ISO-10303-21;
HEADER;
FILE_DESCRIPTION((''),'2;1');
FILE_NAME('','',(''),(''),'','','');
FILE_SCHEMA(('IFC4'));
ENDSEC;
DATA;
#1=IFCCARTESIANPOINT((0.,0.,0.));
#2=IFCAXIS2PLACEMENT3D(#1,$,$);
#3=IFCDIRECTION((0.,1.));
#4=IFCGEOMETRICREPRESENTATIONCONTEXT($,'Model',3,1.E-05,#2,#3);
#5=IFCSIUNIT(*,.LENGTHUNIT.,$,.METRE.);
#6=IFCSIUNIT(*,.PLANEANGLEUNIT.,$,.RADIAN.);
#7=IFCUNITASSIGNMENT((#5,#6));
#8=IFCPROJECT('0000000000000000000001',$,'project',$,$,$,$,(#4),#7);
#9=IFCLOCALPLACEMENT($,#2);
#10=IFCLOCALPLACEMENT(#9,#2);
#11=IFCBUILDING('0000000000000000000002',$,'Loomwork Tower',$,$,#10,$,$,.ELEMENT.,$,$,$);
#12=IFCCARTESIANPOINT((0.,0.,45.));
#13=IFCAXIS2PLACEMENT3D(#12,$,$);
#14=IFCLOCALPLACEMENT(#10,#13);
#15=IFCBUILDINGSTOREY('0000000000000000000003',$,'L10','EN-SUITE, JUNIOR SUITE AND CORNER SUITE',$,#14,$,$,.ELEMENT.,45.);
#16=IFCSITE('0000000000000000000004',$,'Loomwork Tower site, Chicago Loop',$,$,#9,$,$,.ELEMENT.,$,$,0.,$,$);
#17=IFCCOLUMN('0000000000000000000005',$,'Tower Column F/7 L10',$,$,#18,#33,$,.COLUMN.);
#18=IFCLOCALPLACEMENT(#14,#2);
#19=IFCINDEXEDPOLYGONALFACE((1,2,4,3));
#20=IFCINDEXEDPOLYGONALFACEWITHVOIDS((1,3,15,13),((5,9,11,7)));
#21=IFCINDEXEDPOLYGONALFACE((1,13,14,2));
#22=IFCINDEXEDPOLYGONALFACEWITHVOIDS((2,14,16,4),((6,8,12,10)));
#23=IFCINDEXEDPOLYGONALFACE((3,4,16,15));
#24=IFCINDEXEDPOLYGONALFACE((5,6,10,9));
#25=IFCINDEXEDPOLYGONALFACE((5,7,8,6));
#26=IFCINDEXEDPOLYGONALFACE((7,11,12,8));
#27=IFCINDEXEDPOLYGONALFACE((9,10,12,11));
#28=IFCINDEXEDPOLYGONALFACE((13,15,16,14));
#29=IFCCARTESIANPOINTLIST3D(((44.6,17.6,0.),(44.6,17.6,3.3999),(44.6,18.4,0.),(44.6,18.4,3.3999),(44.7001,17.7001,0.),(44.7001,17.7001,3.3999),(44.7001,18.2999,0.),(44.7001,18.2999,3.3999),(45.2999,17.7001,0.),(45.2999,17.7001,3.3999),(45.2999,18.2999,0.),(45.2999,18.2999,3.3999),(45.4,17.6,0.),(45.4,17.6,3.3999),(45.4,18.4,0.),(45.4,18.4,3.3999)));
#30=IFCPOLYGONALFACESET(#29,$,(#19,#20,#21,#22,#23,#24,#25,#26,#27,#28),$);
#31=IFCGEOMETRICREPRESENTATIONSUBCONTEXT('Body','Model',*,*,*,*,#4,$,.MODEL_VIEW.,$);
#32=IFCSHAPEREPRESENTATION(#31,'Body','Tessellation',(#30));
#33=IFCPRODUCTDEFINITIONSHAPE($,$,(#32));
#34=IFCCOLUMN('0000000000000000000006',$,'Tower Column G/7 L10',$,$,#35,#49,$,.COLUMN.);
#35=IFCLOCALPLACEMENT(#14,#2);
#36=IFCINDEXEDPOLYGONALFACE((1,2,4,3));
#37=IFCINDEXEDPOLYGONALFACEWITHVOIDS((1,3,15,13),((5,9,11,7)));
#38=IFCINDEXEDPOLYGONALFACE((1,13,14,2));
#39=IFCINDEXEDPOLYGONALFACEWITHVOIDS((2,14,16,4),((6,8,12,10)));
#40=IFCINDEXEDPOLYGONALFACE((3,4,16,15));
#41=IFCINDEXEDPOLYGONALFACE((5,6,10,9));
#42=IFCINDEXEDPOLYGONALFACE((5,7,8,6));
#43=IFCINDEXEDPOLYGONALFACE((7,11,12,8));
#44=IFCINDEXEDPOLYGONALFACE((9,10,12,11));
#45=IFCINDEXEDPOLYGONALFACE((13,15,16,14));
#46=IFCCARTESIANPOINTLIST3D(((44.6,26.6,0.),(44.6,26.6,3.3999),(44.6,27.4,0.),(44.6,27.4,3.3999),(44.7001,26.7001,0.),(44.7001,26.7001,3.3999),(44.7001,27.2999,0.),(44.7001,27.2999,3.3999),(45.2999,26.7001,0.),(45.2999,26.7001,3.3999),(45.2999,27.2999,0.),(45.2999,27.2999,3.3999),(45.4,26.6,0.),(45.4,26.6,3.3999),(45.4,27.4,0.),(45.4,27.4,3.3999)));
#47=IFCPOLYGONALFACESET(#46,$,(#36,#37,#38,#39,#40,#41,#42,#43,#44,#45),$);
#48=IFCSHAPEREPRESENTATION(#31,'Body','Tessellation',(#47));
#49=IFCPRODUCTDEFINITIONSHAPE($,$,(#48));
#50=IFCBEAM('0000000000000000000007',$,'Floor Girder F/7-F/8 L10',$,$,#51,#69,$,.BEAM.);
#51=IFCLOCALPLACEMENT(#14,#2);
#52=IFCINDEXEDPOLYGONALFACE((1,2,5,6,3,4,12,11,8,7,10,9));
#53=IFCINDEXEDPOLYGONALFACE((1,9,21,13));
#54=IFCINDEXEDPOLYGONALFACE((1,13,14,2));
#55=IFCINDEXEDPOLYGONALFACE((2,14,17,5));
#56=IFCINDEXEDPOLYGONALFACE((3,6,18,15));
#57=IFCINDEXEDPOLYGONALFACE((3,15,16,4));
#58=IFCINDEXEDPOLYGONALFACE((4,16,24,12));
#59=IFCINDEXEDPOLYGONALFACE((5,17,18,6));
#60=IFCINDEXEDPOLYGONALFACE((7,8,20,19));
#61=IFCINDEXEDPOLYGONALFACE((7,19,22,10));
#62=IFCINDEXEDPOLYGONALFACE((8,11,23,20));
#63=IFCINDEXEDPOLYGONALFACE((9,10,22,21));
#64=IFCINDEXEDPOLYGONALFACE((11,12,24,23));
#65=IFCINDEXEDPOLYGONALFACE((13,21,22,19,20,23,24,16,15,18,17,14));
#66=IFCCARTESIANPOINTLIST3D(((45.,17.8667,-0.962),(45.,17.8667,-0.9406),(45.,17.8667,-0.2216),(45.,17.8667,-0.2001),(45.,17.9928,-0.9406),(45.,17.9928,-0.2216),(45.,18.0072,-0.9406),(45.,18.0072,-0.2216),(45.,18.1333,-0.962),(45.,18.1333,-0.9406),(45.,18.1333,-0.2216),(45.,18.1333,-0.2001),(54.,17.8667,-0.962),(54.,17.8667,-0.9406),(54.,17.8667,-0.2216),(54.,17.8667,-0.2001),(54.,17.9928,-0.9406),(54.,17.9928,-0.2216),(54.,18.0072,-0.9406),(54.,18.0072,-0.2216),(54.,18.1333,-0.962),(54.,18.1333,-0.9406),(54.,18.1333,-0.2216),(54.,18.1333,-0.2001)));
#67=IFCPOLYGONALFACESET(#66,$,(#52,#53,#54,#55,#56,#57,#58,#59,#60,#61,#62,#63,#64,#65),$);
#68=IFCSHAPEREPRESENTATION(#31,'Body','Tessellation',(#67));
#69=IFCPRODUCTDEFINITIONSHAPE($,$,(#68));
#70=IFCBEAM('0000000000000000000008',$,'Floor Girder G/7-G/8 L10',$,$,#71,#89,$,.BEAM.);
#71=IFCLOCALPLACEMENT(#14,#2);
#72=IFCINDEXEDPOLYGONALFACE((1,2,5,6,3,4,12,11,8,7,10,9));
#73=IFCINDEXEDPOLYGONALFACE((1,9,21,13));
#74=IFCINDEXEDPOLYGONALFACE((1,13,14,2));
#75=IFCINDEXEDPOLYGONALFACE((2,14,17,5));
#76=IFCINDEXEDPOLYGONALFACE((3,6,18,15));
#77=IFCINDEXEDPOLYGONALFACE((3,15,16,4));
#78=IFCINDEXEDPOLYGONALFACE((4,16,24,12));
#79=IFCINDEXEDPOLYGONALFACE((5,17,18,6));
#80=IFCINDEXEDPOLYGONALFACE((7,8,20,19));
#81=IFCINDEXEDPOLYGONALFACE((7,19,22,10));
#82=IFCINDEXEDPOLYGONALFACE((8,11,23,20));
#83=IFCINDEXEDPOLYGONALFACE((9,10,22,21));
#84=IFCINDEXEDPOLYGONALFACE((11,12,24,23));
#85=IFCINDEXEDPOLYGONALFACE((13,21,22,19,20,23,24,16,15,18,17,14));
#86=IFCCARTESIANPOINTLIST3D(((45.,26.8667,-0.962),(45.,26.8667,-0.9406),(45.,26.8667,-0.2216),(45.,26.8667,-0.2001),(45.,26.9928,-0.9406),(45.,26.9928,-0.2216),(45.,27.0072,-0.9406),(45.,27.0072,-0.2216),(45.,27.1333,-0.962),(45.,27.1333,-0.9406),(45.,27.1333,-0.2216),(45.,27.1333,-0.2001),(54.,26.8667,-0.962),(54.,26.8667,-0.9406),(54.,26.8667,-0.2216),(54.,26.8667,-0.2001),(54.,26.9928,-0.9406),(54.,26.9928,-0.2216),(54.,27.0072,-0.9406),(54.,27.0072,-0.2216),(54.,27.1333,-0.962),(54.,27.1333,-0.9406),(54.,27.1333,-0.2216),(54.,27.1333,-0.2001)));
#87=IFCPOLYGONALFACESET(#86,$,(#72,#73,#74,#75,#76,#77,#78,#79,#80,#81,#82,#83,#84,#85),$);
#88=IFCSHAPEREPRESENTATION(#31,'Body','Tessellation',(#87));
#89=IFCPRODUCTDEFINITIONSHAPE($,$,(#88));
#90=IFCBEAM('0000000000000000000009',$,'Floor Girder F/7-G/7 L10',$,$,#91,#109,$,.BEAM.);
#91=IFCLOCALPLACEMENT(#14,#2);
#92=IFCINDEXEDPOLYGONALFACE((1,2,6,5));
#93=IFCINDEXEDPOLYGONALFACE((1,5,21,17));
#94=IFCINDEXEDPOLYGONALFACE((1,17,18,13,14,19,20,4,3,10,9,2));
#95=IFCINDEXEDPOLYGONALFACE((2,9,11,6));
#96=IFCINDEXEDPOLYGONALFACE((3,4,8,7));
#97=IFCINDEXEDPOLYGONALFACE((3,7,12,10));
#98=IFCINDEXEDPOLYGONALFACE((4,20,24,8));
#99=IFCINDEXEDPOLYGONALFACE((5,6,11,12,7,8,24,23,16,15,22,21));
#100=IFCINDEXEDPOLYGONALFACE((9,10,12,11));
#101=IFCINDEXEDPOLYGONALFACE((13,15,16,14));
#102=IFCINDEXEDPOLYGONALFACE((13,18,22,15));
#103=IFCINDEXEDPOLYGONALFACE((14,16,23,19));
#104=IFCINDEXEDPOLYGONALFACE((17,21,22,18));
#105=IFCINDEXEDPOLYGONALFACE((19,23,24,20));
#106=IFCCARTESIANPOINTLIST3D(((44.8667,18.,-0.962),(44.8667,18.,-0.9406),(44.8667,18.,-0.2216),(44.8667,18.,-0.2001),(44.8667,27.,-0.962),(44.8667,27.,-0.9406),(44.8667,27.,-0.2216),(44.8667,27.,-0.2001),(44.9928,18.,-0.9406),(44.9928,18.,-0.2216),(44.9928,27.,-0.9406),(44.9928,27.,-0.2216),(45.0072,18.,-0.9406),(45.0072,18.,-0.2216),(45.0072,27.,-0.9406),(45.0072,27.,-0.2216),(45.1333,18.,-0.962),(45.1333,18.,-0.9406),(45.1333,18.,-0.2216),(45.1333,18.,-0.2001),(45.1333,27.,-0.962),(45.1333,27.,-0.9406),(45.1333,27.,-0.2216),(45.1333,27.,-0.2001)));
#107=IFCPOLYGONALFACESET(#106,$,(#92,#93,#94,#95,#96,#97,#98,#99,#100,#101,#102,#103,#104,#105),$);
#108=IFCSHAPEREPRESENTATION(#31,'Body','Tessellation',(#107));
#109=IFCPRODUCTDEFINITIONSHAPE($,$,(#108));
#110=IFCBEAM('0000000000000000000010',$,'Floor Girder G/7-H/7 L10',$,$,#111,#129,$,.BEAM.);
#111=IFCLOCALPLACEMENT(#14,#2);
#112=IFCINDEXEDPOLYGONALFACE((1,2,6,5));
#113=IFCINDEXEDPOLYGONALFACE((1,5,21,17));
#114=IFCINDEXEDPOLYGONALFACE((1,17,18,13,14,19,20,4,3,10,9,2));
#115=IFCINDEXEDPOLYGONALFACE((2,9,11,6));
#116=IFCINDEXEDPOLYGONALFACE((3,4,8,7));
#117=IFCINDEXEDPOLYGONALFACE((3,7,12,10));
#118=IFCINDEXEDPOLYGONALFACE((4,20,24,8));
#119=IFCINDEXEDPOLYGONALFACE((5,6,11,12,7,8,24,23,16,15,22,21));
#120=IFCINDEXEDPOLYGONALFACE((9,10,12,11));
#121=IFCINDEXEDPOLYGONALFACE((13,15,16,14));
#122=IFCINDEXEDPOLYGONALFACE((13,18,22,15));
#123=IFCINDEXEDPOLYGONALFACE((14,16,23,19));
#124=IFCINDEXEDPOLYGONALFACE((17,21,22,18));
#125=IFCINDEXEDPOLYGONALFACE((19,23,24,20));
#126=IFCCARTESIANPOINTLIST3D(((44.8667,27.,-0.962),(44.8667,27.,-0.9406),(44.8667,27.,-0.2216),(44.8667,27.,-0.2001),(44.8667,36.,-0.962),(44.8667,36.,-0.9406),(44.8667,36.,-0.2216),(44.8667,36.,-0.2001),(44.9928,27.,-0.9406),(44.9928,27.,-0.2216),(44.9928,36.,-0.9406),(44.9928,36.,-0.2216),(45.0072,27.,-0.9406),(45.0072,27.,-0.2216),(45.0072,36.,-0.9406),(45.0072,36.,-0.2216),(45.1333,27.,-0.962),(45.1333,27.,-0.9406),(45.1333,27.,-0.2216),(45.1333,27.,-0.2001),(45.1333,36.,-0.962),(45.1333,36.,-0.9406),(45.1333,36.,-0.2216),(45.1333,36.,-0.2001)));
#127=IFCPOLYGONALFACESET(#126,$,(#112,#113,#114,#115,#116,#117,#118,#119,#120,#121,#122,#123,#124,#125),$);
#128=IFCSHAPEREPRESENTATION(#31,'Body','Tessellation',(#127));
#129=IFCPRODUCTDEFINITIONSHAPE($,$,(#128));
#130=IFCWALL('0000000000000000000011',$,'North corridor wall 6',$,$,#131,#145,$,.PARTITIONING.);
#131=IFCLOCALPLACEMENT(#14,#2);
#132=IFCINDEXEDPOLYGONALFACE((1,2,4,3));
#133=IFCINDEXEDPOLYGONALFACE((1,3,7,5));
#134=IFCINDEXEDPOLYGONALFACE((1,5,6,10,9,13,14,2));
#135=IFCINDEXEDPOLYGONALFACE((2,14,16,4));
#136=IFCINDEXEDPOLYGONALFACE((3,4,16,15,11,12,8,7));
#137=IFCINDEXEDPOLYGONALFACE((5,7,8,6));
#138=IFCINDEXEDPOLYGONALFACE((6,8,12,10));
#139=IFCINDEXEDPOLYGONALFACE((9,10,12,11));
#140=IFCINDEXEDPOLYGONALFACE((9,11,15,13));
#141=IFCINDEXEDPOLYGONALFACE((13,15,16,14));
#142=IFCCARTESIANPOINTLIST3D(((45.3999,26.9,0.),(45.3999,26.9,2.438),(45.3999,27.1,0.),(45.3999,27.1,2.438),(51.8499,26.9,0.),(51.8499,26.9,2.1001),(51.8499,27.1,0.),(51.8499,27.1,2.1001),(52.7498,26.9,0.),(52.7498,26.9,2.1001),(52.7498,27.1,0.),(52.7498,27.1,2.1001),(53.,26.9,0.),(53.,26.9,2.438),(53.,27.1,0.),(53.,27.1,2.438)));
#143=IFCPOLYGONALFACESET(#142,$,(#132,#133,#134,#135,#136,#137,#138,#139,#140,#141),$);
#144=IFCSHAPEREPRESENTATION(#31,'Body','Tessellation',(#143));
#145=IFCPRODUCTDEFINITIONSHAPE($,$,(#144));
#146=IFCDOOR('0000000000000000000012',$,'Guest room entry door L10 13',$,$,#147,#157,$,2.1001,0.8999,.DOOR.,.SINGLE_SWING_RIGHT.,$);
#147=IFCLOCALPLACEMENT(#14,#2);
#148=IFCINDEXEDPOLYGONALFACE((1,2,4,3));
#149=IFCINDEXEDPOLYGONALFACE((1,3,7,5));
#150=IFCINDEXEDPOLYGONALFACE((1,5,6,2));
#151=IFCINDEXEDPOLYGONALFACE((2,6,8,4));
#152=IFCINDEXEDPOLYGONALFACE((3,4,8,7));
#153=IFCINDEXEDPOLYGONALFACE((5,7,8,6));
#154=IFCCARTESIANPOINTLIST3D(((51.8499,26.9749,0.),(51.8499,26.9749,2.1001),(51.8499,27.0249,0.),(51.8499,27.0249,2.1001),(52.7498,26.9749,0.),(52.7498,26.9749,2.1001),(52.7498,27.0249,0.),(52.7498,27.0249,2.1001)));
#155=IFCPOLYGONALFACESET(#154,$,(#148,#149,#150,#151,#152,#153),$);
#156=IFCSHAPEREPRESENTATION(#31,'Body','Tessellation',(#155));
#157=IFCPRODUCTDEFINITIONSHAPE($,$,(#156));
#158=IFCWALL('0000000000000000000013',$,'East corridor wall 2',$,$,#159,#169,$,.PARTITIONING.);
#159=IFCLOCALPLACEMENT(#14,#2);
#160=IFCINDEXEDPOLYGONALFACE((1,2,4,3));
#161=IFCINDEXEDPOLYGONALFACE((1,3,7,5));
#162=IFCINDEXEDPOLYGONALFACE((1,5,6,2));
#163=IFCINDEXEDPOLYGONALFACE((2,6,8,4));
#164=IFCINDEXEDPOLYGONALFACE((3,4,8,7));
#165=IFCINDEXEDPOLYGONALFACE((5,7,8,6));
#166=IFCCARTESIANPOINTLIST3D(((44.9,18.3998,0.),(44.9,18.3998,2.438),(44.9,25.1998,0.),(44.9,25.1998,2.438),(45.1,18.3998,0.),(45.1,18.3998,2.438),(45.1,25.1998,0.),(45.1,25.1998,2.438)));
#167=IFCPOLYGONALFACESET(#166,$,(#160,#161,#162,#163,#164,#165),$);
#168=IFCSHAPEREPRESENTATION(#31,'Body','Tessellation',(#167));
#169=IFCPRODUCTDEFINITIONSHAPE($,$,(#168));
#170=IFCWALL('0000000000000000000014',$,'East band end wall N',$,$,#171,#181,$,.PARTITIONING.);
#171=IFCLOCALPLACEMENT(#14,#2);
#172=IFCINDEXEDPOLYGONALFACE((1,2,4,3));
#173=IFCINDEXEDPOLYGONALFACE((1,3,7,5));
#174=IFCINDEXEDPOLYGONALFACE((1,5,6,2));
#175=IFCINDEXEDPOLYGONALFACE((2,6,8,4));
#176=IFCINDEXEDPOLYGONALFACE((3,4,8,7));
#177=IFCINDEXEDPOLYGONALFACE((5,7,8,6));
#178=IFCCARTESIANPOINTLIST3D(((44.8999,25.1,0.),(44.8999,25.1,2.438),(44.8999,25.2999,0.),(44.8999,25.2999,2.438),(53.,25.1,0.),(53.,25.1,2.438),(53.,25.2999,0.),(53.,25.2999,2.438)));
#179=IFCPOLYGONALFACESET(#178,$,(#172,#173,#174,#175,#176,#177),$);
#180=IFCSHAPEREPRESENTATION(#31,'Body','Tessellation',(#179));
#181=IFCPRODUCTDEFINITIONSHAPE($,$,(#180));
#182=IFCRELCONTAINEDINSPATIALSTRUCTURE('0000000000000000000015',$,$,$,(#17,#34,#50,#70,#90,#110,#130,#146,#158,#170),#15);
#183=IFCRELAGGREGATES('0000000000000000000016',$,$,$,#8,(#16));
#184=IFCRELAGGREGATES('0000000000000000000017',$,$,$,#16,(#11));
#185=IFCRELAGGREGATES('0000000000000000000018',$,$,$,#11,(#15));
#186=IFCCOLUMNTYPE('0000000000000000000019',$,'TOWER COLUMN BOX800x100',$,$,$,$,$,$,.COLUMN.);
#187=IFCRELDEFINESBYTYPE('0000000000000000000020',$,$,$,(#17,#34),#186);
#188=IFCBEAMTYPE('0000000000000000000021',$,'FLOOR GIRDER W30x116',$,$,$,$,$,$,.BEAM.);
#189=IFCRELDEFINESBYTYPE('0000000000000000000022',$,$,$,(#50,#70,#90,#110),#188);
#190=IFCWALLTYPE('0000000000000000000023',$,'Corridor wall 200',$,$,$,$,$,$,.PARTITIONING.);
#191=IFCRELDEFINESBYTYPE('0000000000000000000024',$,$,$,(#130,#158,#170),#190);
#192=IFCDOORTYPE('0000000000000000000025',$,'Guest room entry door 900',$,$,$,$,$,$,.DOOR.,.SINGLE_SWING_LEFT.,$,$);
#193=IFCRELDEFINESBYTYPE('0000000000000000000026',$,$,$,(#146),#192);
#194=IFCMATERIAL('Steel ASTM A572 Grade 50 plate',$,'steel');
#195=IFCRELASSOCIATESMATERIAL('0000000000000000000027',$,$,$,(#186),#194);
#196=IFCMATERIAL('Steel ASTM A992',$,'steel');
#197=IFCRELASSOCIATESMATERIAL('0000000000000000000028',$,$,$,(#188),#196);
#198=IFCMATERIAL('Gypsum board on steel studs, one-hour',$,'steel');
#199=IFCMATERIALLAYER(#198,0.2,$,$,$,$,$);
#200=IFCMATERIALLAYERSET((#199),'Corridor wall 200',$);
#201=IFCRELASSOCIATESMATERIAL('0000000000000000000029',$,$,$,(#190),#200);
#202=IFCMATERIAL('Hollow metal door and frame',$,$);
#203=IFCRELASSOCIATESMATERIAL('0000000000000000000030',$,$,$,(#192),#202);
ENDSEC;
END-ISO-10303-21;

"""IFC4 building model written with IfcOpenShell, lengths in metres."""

from ifc_helpers import new_model, si_unit, direction, frame, frame_2d, origin, origin_2d, place, context, subcontext, project, spatial, rectangle, hollow_rectangle, i_section, extrude, material, layer, layer_set, material_profile, profile_set, type_object, element, fill, save


model = new_model("IFC4")

# Units and contexts
model_context = context("Model", 3, precision=1e-05, world=origin(), true_north=direction((0.0, 1.0)))
body_context = subcontext(model_context, "Body", "Model", "MODEL_VIEW")
ifc_project = project(units=[si_unit("LENGTHUNIT", "METRE"), si_unit("PLANEANGLEUNIT", "RADIAN")], contexts=[model_context])

# Site, building, storey
site_placement = place(None, origin())
site = spatial("IfcSite", under=ifc_project, at=site_placement, Name="Loomwork Tower site, Chicago Loop", CompositionType="ELEMENT", RefElevation=0.0)
building_placement = place(site_placement, origin())
building = spatial("IfcBuilding", under=site, at=building_placement, Name="Loomwork Tower", CompositionType="ELEMENT")
storey_placement = place(building_placement, frame((0.0, 0.0, 45.0)))
storey = spatial("IfcBuildingStorey", under=building, at=storey_placement, Name="L10", Description="EN-SUITE, JUNIOR SUITE AND CORNER SUITE", CompositionType="ELEMENT", Elevation=45.0)

# Columns
ifc_material_1 = material(Name="Steel ASTM A572 Grade 50 plate", Category="steel")
ifc_material_profile_1 = material_profile(ifc_material_1, hollow_rectangle(XDim=0.8, YDim=0.8, WallThickness=0.1001, at=origin_2d()), Name="BOX800x100")
ifc_profile_set_1 = profile_set([ifc_material_profile_1], Name="Steel ASTM A572 Grade 50 plate")
column_type = type_object("IfcColumnType", Name="TOWER COLUMN BOX800x100", PredefinedType="COLUMN", material=ifc_profile_set_1)
for number, where, z_axis, x_axis, name in (
    (1, (45.0, 18.0, 0.0), (0.0, 0.0, 1.0), (0.0, 1.0, 0.0), "Tower Column F/7 L10"),
    (2, (45.0, 27.0, 0.0), (0.0, 0.0, 1.0), (0.0, 1.0, 0.0), "Tower Column G/7 L10"),
):
    element("IfcColumn", number, at=place(storey_placement, frame(where, z_axis=z_axis, x_axis=x_axis)), inside=storey, type_object=column_type, Name=name, PredefinedType="COLUMN", context=body_context, shape_type="SweptSolid", body=[
        extrude(hollow_rectangle(XDim=0.8, YDim=0.8, WallThickness=0.1001, at=origin_2d()), origin(), (0.0, 0.0, 1.0), 3.3999),
    ])

# Beams
ifc_material_2 = material(Name="Steel ASTM A992", Category="steel")
ifc_material_profile_2 = material_profile(ifc_material_2, i_section(OverallWidth=0.2666, OverallDepth=0.762, WebThickness=0.0144, FlangeThickness=0.0215, at=origin_2d()), Name="W30x116")
ifc_profile_set_2 = profile_set([ifc_material_profile_2], Name="Steel ASTM A992")
beam_type = type_object("IfcBeamType", Name="FLOOR GIRDER W30x116", PredefinedType="BEAM", material=ifc_profile_set_2)
for number, where, z_axis, x_axis, name in (
    (3, (45.0, 18.0, -0.5811), (1.0, 0.0, 0.0), (0.0, 1.0, 0.0), "Floor Girder F/7-F/8 L10"),
    (4, (45.0, 27.0, -0.5811), (1.0, 0.0, 0.0), (0.0, 1.0, 0.0), "Floor Girder G/7-G/8 L10"),
    (5, (45.0, 18.0, -0.5811), (0.0, 1.0, 0.0), (-1.0, 0.0, 0.0), "Floor Girder F/7-G/7 L10"),
    (6, (45.0, 27.0, -0.5811), (0.0, 1.0, 0.0), (-1.0, 0.0, 0.0), "Floor Girder G/7-H/7 L10"),
):
    element("IfcBeam", number, at=place(storey_placement, frame(where, z_axis=z_axis, x_axis=x_axis)), inside=storey, type_object=beam_type, Name=name, PredefinedType="BEAM", context=body_context, shape_type="SweptSolid", body=[
        extrude(i_section(OverallWidth=0.2666, OverallDepth=0.762, WebThickness=0.0144, FlangeThickness=0.0215, at=origin_2d()), origin(), (0.0, 0.0, 1.0), 9.0),
    ])

# Wall, opening, door
ifc_material_3 = material(Name="Gypsum board on steel studs, one-hour", Category="steel")
ifc_layer_1 = layer(ifc_material_3, 0.2)
ifc_layer_set_1 = layer_set([ifc_layer_1], Name="Corridor wall 200")
wall_type_1 = type_object("IfcWallType", Name="Corridor wall 200", PredefinedType="PARTITIONING", material=ifc_layer_set_1)
wall_1_placement = place(storey_placement, frame((45.3999, 27.0, 0.0), z_axis=(0.0, 0.0, 1.0), x_axis=(1.0, 0.0, 0.0)))
wall_1 = element("IfcWall", 7, at=wall_1_placement, inside=storey, type_object=wall_type_1, Name="North corridor wall 6", PredefinedType="PARTITIONING", context=body_context, shape_type="SweptSolid", body=[
    extrude(rectangle(XDim=7.6001, YDim=0.2, at=frame_2d((3.8, 0.0))), origin(), (0.0, 0.0, 1.0), 2.438),
])
opening_1_placement = place(wall_1_placement, frame((6.45, 0.0, 0.0)))
opening_1 = element("IfcOpeningElement", 8, at=opening_1_placement, cuts=wall_1, PredefinedType="OPENING", context=body_context, shape_type="SweptSolid", body=[
    extrude(rectangle(XDim=0.8999, YDim=2.1001, at=frame_2d((0.45, 1.05))), frame((0.0, 0.1099, 0.0), z_axis=(0.0, -1.0, 0.0), x_axis=(1.0, 0.0, 0.0)), (0.0, 0.0, 1.0), 0.22),
])
ifc_material_4 = material(Name="Hollow metal door and frame")
door_type_1 = type_object("IfcDoorType", Name="Guest room entry door 900", OperationType="SINGLE_SWING_LEFT", PredefinedType="DOOR", material=ifc_material_4)
door_1_placement = place(opening_1_placement, origin())
door_1 = element("IfcDoor", 9, at=door_1_placement, inside=storey, type_object=door_type_1, Name="Guest room entry door L10 13", OperationType="SINGLE_SWING_RIGHT", OverallHeight=2.1001, OverallWidth=0.8999, PredefinedType="DOOR", context=body_context, shape_type="SweptSolid", body=[
    extrude(rectangle(XDim=0.8999, YDim=2.1001, at=frame_2d((0.45, 1.05))), frame((0.0, 0.0249, 0.0), z_axis=(0.0, -1.0, 0.0), x_axis=(1.0, 0.0, 0.0)), (0.0, 0.0, 1.0), 0.05),
])
fill(opening_1, door_1)

# Walls
wall_2_placement = place(storey_placement, frame((45.0, 18.3999, 0.0), z_axis=(0.0, 0.0, 1.0), x_axis=(0.0, 1.0, 0.0)))
element("IfcWall", 10, at=wall_2_placement, inside=storey, type_object=wall_type_1, Name="East corridor wall 2", PredefinedType="PARTITIONING", context=body_context, shape_type="SweptSolid", body=[
    extrude(rectangle(XDim=6.8, YDim=0.2, at=frame_2d((3.3999, 0.0))), origin(), (0.0, 0.0, 1.0), 2.438),
])
wall_3_placement = place(storey_placement, frame((44.8999, 25.2, 0.0), z_axis=(0.0, 0.0, 1.0), x_axis=(1.0, 0.0, 0.0)))
element("IfcWall", 11, at=wall_3_placement, inside=storey, type_object=wall_type_1, Name="East band end wall N", PredefinedType="PARTITIONING", context=body_context, shape_type="SweptSolid", body=[
    extrude(rectangle(XDim=8.1001, YDim=0.2, at=frame_2d((4.05, 0.0))), origin(), (0.0, 0.0, 1.0), 2.438),
])

save(model, "model.ifc")
